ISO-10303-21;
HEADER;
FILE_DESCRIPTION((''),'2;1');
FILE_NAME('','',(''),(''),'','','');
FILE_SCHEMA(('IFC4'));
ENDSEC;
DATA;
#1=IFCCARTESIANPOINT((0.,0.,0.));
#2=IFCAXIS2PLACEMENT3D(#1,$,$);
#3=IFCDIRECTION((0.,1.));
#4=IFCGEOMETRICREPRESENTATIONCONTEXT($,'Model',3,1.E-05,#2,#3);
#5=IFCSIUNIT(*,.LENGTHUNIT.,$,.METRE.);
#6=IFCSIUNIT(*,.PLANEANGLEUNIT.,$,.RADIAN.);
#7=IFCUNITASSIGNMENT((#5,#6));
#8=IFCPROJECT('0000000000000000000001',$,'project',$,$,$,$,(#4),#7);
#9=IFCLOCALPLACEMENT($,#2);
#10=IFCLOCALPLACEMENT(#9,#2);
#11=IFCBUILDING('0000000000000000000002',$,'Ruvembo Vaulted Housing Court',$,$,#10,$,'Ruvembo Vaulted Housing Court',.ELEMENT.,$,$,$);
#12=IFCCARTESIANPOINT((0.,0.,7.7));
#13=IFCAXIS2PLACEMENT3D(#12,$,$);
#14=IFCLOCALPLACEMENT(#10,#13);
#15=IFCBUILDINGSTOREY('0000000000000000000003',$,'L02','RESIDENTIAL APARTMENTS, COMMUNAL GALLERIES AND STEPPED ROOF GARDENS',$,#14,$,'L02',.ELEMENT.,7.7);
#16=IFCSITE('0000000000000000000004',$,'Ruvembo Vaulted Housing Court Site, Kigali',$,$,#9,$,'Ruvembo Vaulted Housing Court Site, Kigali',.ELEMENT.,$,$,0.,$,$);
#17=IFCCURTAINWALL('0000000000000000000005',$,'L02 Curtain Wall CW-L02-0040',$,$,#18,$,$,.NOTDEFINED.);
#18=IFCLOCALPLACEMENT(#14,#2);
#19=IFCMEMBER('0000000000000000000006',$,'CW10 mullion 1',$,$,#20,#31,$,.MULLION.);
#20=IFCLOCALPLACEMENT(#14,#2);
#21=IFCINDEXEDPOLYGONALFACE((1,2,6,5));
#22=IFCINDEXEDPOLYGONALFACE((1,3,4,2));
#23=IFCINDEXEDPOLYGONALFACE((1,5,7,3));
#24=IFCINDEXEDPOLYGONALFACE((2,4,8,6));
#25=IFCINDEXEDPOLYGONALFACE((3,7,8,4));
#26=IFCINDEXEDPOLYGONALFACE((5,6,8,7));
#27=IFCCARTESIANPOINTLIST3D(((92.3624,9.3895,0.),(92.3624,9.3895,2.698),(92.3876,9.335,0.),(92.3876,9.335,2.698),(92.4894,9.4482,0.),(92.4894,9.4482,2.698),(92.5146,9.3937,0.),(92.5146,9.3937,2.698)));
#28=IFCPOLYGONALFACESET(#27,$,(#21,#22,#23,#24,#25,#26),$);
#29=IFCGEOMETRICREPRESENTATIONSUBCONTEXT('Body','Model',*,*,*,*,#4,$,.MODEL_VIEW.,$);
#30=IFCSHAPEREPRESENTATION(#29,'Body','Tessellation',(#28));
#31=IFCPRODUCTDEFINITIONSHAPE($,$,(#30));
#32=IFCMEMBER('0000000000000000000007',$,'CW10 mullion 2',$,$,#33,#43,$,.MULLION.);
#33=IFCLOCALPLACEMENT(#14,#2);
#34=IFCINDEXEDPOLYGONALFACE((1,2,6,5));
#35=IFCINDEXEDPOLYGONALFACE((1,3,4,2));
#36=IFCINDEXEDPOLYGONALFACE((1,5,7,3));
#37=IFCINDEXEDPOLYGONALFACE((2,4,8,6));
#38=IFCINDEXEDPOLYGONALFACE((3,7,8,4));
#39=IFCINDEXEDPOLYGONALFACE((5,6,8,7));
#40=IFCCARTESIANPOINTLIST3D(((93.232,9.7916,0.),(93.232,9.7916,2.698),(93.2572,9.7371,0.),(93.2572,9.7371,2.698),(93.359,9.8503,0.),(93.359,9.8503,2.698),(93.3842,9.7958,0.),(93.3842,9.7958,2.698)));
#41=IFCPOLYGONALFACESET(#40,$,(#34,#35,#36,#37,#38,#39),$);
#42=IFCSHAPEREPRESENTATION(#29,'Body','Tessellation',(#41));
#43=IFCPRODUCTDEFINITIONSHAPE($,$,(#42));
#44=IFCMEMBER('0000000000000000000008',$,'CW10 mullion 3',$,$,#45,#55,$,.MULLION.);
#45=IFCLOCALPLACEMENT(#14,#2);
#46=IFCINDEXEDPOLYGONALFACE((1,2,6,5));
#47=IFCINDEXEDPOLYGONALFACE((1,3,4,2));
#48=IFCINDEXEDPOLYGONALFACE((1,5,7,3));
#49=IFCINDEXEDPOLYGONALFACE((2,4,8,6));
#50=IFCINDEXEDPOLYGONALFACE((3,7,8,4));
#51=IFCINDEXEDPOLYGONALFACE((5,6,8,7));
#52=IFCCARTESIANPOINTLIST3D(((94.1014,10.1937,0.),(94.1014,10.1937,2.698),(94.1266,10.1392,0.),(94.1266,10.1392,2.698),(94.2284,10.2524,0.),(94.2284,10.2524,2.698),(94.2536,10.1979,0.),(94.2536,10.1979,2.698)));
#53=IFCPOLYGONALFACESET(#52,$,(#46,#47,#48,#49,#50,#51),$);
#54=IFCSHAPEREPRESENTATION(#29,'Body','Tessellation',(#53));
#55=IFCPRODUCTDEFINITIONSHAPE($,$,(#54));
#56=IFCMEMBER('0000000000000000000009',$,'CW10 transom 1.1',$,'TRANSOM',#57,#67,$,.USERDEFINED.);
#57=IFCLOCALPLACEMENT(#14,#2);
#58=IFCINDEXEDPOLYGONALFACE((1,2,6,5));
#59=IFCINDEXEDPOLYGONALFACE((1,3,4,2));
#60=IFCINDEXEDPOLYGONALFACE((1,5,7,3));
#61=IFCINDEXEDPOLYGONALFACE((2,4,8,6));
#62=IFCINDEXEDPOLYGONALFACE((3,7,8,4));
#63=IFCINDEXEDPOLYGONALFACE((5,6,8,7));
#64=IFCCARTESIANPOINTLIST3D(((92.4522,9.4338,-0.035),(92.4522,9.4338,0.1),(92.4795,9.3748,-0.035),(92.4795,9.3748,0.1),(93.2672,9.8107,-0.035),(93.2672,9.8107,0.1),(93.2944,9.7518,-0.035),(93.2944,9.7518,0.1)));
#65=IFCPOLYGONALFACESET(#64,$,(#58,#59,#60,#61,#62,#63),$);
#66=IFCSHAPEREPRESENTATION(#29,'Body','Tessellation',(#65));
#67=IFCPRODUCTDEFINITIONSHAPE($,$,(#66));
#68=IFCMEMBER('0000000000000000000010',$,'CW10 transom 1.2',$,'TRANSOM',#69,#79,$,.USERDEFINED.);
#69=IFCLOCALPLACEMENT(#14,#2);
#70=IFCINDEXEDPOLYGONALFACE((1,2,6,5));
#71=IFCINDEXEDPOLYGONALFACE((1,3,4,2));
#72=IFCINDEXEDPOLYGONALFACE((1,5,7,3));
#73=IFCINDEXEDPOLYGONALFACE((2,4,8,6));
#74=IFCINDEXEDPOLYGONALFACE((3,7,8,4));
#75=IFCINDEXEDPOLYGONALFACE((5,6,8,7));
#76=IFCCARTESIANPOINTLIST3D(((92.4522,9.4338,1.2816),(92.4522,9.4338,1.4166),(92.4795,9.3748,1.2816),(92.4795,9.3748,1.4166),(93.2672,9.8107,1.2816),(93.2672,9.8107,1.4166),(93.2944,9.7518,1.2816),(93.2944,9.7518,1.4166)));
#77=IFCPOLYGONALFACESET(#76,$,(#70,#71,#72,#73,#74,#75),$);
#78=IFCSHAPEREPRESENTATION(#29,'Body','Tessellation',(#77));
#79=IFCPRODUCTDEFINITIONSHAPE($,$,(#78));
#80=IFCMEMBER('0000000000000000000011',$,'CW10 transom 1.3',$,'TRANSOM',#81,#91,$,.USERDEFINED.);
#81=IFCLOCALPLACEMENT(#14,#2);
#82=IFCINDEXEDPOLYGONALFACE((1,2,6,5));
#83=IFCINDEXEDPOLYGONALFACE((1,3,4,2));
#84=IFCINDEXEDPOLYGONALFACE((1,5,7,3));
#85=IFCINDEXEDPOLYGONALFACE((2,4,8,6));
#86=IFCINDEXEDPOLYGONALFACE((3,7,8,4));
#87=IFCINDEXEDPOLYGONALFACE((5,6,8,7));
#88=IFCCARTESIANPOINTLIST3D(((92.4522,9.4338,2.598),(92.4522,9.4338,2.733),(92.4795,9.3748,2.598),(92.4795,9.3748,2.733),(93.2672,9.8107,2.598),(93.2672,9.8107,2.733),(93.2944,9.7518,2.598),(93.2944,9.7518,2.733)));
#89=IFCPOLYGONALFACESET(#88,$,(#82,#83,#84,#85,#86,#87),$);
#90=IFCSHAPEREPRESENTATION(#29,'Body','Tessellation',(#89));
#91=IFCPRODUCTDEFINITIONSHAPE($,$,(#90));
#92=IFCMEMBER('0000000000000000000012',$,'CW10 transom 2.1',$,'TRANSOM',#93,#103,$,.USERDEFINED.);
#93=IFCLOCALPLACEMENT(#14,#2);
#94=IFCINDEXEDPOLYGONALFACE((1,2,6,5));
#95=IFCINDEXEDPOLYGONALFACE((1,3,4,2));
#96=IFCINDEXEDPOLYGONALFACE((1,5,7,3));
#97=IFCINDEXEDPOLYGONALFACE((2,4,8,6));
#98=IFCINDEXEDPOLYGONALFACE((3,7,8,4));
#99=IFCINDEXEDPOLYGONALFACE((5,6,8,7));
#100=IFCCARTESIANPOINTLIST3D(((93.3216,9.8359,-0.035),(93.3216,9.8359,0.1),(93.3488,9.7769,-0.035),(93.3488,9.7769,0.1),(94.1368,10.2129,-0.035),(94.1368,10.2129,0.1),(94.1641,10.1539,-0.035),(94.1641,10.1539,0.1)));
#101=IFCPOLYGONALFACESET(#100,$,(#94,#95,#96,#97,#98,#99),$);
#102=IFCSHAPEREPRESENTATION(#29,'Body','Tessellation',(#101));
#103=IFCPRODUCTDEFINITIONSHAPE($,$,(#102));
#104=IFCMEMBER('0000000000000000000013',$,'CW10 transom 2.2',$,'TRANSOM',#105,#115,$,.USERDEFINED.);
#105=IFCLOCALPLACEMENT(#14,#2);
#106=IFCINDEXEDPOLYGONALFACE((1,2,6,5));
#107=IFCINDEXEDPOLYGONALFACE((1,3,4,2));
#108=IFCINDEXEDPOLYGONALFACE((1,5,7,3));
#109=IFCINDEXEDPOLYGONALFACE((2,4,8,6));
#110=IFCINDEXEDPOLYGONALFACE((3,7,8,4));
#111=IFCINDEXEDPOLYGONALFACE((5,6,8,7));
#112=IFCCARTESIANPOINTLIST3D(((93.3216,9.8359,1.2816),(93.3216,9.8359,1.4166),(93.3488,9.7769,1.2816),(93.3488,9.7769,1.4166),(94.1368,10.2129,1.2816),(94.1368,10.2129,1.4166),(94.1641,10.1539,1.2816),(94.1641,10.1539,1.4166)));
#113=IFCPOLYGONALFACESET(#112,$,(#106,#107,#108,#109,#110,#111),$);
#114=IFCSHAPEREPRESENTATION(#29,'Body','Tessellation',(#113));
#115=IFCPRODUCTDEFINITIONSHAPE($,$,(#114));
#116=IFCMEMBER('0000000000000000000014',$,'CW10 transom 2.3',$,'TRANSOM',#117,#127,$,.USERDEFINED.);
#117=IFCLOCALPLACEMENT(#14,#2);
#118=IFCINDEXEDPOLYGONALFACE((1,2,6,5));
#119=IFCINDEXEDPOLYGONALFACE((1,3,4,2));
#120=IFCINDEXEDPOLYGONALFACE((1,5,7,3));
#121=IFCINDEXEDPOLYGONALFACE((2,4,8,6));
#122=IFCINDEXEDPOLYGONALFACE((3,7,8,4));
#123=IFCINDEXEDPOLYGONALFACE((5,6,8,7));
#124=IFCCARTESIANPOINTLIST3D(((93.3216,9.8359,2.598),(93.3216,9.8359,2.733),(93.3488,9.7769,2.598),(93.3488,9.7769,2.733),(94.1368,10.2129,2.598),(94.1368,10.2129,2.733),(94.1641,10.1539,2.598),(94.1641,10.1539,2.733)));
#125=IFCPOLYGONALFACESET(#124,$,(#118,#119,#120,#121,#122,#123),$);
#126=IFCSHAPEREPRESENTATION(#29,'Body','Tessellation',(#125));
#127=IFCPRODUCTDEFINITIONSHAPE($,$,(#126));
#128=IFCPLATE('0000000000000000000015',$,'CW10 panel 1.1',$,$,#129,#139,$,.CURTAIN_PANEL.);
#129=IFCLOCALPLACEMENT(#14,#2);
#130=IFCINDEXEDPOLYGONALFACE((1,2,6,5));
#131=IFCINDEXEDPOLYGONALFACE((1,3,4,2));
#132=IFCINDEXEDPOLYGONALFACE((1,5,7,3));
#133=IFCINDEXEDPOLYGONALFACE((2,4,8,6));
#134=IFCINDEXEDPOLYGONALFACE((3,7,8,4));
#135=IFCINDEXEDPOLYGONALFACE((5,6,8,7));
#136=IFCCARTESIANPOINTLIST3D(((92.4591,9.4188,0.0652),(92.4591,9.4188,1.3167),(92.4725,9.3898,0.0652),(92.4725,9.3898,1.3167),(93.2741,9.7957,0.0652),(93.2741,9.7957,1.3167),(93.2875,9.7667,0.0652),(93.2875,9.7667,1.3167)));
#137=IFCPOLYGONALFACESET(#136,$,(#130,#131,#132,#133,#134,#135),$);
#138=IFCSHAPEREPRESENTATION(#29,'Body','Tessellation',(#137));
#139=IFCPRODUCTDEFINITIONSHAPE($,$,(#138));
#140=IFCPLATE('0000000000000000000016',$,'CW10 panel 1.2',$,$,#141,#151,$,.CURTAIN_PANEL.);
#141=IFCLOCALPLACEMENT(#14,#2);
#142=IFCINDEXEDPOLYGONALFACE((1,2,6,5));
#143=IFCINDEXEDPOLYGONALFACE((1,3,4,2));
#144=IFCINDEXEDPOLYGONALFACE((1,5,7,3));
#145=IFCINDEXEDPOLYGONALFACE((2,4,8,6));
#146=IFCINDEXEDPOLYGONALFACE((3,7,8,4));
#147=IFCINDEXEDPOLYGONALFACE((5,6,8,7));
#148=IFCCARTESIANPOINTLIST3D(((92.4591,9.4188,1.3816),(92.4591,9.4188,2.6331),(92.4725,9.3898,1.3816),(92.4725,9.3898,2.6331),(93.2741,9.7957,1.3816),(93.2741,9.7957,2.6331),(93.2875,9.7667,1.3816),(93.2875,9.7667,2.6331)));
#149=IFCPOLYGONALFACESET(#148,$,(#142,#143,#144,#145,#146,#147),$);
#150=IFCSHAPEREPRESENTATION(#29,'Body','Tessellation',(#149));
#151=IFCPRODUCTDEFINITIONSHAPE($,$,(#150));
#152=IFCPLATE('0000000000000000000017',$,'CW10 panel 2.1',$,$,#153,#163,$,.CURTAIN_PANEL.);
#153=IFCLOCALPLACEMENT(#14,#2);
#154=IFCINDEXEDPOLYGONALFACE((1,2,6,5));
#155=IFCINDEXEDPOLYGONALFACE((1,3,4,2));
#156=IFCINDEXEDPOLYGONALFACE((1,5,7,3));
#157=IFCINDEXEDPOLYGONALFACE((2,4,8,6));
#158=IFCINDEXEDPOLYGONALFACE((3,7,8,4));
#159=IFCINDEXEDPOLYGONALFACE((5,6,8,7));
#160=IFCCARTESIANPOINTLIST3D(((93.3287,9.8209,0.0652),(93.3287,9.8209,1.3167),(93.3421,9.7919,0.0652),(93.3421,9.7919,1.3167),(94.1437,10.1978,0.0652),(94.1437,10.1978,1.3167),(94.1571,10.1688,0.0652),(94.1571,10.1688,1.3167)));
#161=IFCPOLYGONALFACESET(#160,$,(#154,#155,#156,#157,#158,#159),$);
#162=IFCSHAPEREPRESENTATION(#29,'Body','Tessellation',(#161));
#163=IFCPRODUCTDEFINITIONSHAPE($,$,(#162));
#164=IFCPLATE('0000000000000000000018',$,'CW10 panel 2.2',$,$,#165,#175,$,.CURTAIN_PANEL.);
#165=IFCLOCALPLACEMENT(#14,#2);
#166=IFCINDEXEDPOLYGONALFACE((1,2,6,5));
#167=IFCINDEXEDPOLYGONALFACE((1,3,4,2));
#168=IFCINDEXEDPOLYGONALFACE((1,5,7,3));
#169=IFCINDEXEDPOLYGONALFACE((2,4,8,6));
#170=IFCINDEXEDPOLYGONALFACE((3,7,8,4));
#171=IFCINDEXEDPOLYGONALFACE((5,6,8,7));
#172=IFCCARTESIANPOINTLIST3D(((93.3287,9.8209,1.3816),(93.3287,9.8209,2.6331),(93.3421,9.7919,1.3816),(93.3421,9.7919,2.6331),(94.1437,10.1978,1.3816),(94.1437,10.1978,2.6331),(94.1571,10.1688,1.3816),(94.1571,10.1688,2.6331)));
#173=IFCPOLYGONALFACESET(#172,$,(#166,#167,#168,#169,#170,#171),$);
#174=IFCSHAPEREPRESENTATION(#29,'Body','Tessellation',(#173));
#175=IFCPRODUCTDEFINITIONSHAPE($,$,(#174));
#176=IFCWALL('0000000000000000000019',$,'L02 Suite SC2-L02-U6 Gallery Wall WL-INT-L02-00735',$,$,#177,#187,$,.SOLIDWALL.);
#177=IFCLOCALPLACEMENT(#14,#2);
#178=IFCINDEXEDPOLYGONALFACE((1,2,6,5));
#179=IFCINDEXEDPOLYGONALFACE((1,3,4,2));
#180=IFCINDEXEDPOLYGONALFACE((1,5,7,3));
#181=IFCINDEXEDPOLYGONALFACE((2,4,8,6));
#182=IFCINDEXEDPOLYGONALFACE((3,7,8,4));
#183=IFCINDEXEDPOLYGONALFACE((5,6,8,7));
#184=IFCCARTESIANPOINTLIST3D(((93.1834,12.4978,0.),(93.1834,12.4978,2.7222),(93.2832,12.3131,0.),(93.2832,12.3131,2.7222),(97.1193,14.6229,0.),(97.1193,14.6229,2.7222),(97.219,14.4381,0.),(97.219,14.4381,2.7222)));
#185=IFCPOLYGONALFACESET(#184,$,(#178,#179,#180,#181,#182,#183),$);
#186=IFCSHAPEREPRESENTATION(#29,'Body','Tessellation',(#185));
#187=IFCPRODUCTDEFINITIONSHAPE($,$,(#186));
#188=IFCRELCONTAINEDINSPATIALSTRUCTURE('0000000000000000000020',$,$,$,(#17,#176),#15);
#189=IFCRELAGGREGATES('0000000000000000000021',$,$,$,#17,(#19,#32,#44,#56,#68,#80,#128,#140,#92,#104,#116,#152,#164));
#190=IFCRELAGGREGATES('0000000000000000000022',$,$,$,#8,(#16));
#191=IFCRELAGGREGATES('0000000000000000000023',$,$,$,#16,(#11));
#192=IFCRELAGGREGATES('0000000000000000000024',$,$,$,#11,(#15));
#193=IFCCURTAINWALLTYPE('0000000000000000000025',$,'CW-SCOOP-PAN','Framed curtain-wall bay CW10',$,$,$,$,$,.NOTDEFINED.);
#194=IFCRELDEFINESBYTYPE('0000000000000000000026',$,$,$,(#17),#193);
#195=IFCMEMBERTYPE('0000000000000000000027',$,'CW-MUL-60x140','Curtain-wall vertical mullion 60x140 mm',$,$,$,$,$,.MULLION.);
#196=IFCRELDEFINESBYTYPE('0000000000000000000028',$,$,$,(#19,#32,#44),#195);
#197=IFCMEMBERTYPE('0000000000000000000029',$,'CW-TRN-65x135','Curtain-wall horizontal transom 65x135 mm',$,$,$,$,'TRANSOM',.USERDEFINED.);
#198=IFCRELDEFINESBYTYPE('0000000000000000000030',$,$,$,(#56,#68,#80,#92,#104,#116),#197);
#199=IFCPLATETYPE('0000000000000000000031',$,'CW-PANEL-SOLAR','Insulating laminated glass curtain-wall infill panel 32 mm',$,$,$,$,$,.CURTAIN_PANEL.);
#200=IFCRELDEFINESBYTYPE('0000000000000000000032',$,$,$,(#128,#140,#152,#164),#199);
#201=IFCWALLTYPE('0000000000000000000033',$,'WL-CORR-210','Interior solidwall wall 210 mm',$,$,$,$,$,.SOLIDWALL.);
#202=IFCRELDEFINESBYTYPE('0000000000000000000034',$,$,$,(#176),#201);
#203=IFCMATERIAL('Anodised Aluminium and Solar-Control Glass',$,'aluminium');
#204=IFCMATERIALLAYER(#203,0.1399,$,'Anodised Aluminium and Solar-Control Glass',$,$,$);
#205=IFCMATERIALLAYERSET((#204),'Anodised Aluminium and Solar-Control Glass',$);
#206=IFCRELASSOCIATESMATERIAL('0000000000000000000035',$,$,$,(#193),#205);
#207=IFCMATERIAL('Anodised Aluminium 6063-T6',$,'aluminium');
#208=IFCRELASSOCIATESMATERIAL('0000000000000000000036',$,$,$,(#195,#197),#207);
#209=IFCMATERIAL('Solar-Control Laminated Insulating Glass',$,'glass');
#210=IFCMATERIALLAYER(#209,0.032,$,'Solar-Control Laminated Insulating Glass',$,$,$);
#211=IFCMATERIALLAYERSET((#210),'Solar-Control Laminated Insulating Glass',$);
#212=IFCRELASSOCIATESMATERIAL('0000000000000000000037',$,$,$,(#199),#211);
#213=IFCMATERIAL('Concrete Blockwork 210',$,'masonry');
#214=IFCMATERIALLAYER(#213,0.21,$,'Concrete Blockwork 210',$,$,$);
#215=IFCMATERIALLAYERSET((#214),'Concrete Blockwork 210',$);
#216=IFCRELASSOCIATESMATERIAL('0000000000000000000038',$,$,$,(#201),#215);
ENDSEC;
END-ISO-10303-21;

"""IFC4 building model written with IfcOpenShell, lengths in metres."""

from ifc_helpers import new_model, si_unit, direction, frame, frame_2d, origin, origin_2d, place, context, subcontext, project, spatial, rectangle, extrude, material, layer, layer_set, material_profile, profile_set, type_object, element, aggregate, save


model = new_model("IFC4")

# Units and contexts
model_context = context("Model", 3, precision=1e-05, world=origin(), true_north=direction((0.0, 1.0)))
body_context = subcontext(model_context, "Body", "Model", "MODEL_VIEW")
ifc_project = project(units=[si_unit("LENGTHUNIT", "METRE"), si_unit("PLANEANGLEUNIT", "RADIAN")], contexts=[model_context])

# Site, building, storey
site_placement = place(None, origin())
site = spatial("IfcSite", under=ifc_project, at=site_placement, Name="Ruvembo Vaulted Housing Court Site, Kigali", LongName="Ruvembo Vaulted Housing Court Site, Kigali", CompositionType="ELEMENT", RefElevation=0.0)
building_placement = place(site_placement, origin())
building = spatial("IfcBuilding", under=site, at=building_placement, Name="Ruvembo Vaulted Housing Court", LongName="Ruvembo Vaulted Housing Court", CompositionType="ELEMENT")
storey_placement = place(building_placement, frame((0.0, 0.0, 7.7)))
storey = spatial("IfcBuildingStorey", under=building, at=storey_placement, Name="L02", Description="RESIDENTIAL APARTMENTS, COMMUNAL GALLERIES AND STEPPED ROOF GARDENS", LongName="L02", CompositionType="ELEMENT", Elevation=7.7)

# Curtain wall, members, plates
ifc_material_1 = material(Name="Anodised Aluminium and Solar-Control Glass", Category="aluminium")
ifc_layer_1 = layer(ifc_material_1, 0.1399, Name="Anodised Aluminium and Solar-Control Glass")
ifc_layer_set_1 = layer_set([ifc_layer_1], Name="Anodised Aluminium and Solar-Control Glass")
curtain_wall_type = type_object("IfcCurtainWallType", Name="CW-SCOOP-PAN", Description="Framed curtain-wall bay CW10", PredefinedType="NOTDEFINED", material=ifc_layer_set_1)
curtain_wall_placement = place(storey_placement, origin())
curtain_wall = element("IfcCurtainWall", 1, at=curtain_wall_placement, inside=storey, type_object=curtain_wall_type, Name="L02 Curtain Wall CW-L02-0040", PredefinedType="NOTDEFINED")
ifc_material_2 = material(Name="Anodised Aluminium 6063-T6", Category="aluminium")
ifc_material_profile_1 = material_profile(ifc_material_2, rectangle(XDim=0.0601, YDim=0.1399, at=origin_2d()), Name="ALU 60x140")
ifc_profile_set_1 = profile_set([ifc_material_profile_1], Name="Anodised Aluminium 6063-T6")
member_type_1 = type_object("IfcMemberType", Name="CW-MUL-60x140", Description="Curtain-wall vertical mullion 60x140 mm", PredefinedType="MULLION", material=ifc_profile_set_1)
member_1_placement = place(storey_placement, frame((92.4385, 9.3916, 0.0), z_axis=(0.0, 0.0, 1.0), x_axis=(-0.419738, 0.907645, 0.0)))
member_1 = element("IfcMember", 2, at=member_1_placement, type_object=member_type_1, Name="CW10 mullion 1", PredefinedType="MULLION", context=body_context, shape_type="SweptSolid", body=[
    extrude(rectangle(XDim=0.0601, YDim=0.1399, at=origin_2d()), origin(), (0.0, 0.0, 1.0), 2.698),
])
member_2_placement = place(storey_placement, frame((93.3081, 9.7937, 0.0), z_axis=(0.0, 0.0, 1.0), x_axis=(-0.419738, 0.907645, 0.0)))
member_2 = element("IfcMember", 3, at=member_2_placement, type_object=member_type_1, Name="CW10 mullion 2", PredefinedType="MULLION", context=body_context, shape_type="SweptSolid", body=[
    extrude(rectangle(XDim=0.0601, YDim=0.1399, at=origin_2d()), origin(), (0.0, 0.0, 1.0), 2.698),
])
member_3_placement = place(storey_placement, frame((94.1775, 10.1958, 0.0), z_axis=(0.0, 0.0, 1.0), x_axis=(-0.419738, 0.907645, 0.0)))
member_3 = element("IfcMember", 4, at=member_3_placement, type_object=member_type_1, Name="CW10 mullion 3", PredefinedType="MULLION", context=body_context, shape_type="SweptSolid", body=[
    extrude(rectangle(XDim=0.0601, YDim=0.1399, at=origin_2d()), origin(), (0.0, 0.0, 1.0), 2.698),
])
ifc_material_profile_2 = material_profile(ifc_material_2, rectangle(XDim=0.0649, YDim=0.135, at=origin_2d()), Name="ALU 65x135")
ifc_profile_set_2 = profile_set([ifc_material_profile_2], Name="Anodised Aluminium 6063-T6")
member_type_2 = type_object("IfcMemberType", Name="CW-TRN-65x135", Description="Curtain-wall horizontal transom 65x135 mm", ElementType="TRANSOM", PredefinedType="USERDEFINED", material=ifc_profile_set_2)
member_4_placement = place(storey_placement, frame((92.4658, 9.4043, 0.0325), z_axis=(0.907609, 0.419817, 0.0), x_axis=(-0.419817, 0.907609, 0.0)))
member_4 = element("IfcMember", 5, at=member_4_placement, type_object=member_type_2, Name="CW10 transom 1.1", ObjectType="TRANSOM", PredefinedType="USERDEFINED", context=body_context, shape_type="SweptSolid", body=[
    extrude(rectangle(XDim=0.0649, YDim=0.135, at=origin_2d()), origin(), (0.0, 0.0, 1.0), 0.8979),
])
member_5_placement = place(storey_placement, frame((92.4658, 9.4043, 1.3491), z_axis=(0.907609, 0.419817, 0.0), x_axis=(-0.419817, 0.907609, 0.0)))
member_5 = element("IfcMember", 6, at=member_5_placement, type_object=member_type_2, Name="CW10 transom 1.2", ObjectType="TRANSOM", PredefinedType="USERDEFINED", context=body_context, shape_type="SweptSolid", body=[
    extrude(rectangle(XDim=0.0649, YDim=0.135, at=origin_2d()), origin(), (0.0, 0.0, 1.0), 0.8979),
])
member_6_placement = place(storey_placement, frame((92.4658, 9.4043, 2.6655), z_axis=(0.907609, 0.419817, 0.0), x_axis=(-0.419817, 0.907609, 0.0)))
member_6 = element("IfcMember", 7, at=member_6_placement, type_object=member_type_2, Name="CW10 transom 1.3", ObjectType="TRANSOM", PredefinedType="USERDEFINED", context=body_context, shape_type="SweptSolid", body=[
    extrude(rectangle(XDim=0.0649, YDim=0.135, at=origin_2d()), origin(), (0.0, 0.0, 1.0), 0.8979),
])
member_7_placement = place(storey_placement, frame((93.3352, 9.8064, 0.0325), z_axis=(0.907657, 0.419713, 0.0), x_axis=(-0.419713, 0.907657, 0.0)))
member_7 = element("IfcMember", 8, at=member_7_placement, type_object=member_type_2, Name="CW10 transom 2.1", ObjectType="TRANSOM", PredefinedType="USERDEFINED", context=body_context, shape_type="SweptSolid", body=[
    extrude(rectangle(XDim=0.0649, YDim=0.135, at=origin_2d()), origin(), (0.0, 0.0, 1.0), 0.8982),
])
member_8_placement = place(storey_placement, frame((93.3352, 9.8064, 1.3491), z_axis=(0.907657, 0.419713, 0.0), x_axis=(-0.419713, 0.907657, 0.0)))
member_8 = element("IfcMember", 9, at=member_8_placement, type_object=member_type_2, Name="CW10 transom 2.2", ObjectType="TRANSOM", PredefinedType="USERDEFINED", context=body_context, shape_type="SweptSolid", body=[
    extrude(rectangle(XDim=0.0649, YDim=0.135, at=origin_2d()), origin(), (0.0, 0.0, 1.0), 0.8982),
])
member_9_placement = place(storey_placement, frame((93.3352, 9.8064, 2.6655), z_axis=(0.907657, 0.419713, 0.0), x_axis=(-0.419713, 0.907657, 0.0)))
member_9 = element("IfcMember", 10, at=member_9_placement, type_object=member_type_2, Name="CW10 transom 2.3", ObjectType="TRANSOM", PredefinedType="USERDEFINED", context=body_context, shape_type="SweptSolid", body=[
    extrude(rectangle(XDim=0.0649, YDim=0.135, at=origin_2d()), origin(), (0.0, 0.0, 1.0), 0.8982),
])
ifc_material_3 = material(Name="Solar-Control Laminated Insulating Glass", Category="glass")
ifc_layer_2 = layer(ifc_material_3, 0.032, Name="Solar-Control Laminated Insulating Glass")
ifc_layer_set_2 = layer_set([ifc_layer_2], Name="Solar-Control Laminated Insulating Glass")
plate_type = type_object("IfcPlateType", Name="CW-PANEL-SOLAR", Description="Insulating laminated glass curtain-wall infill panel 32 mm", PredefinedType="CURTAIN_PANEL", material=ifc_layer_set_2)
plate_1_placement = place(storey_placement, frame((92.8733, 9.5928, 0.0652), z_axis=(0.0, 0.0, 1.0), x_axis=(0.907645, 0.419738, 0.0)))
plate_1 = element("IfcPlate", 11, at=plate_1_placement, type_object=plate_type, Name="CW10 panel 1.1", PredefinedType="CURTAIN_PANEL", context=body_context, shape_type="SweptSolid", body=[
    extrude(rectangle(XDim=0.8979, YDim=0.032, at=origin_2d()), origin(), (0.0, 0.0, 1.0), 1.2515),
])
plate_2_placement = place(storey_placement, frame((92.8733, 9.5928, 1.3816), z_axis=(0.0, 0.0, 1.0), x_axis=(0.907645, 0.419738, 0.0)))
plate_2 = element("IfcPlate", 12, at=plate_2_placement, type_object=plate_type, Name="CW10 panel 1.2", PredefinedType="CURTAIN_PANEL", context=body_context, shape_type="SweptSolid", body=[
    extrude(rectangle(XDim=0.8979, YDim=0.032, at=origin_2d()), origin(), (0.0, 0.0, 1.0), 1.2515),
])
plate_3_placement = place(storey_placement, frame((93.7429, 9.9949, 0.0652), z_axis=(0.0, 0.0, 1.0), x_axis=(0.907645, 0.419738, 0.0)))
plate_3 = element("IfcPlate", 13, at=plate_3_placement, type_object=plate_type, Name="CW10 panel 2.1", PredefinedType="CURTAIN_PANEL", context=body_context, shape_type="SweptSolid", body=[
    extrude(rectangle(XDim=0.8979, YDim=0.032, at=origin_2d()), origin(), (0.0, 0.0, 1.0), 1.2515),
])
plate_4_placement = place(storey_placement, frame((93.7429, 9.9949, 1.3816), z_axis=(0.0, 0.0, 1.0), x_axis=(0.907645, 0.419738, 0.0)))
plate_4 = element("IfcPlate", 14, at=plate_4_placement, type_object=plate_type, Name="CW10 panel 2.2", PredefinedType="CURTAIN_PANEL", context=body_context, shape_type="SweptSolid", body=[
    extrude(rectangle(XDim=0.8979, YDim=0.032, at=origin_2d()), origin(), (0.0, 0.0, 1.0), 1.2515),
])
aggregate(curtain_wall, [member_1, member_2, member_3, member_4, member_5, member_6, plate_1, plate_2, member_7, member_8, member_9, plate_3, plate_4])

# Wall
ifc_material_4 = material(Name="Concrete Blockwork 210", Category="masonry")
ifc_layer_3 = layer(ifc_material_4, 0.21, Name="Concrete Blockwork 210")
ifc_layer_set_3 = layer_set([ifc_layer_3], Name="Concrete Blockwork 210")
wall_type = type_object("IfcWallType", Name="WL-CORR-210", Description="Interior solidwall wall 210 mm", PredefinedType="SOLIDWALL", material=ifc_layer_set_3)
wall_placement = place(storey_placement, frame((93.2334, 12.4055, 0.0), z_axis=(0.0, 0.0, 1.0), x_axis=(0.879936, 0.475092, 0.0)))
element("IfcWall", 15, at=wall_placement, inside=storey, type_object=wall_type, Name="L02 Suite SC2-L02-U6 Gallery Wall WL-INT-L02-00735", PredefinedType="SOLIDWALL", context=body_context, shape_type="SweptSolid", body=[
    extrude(rectangle(XDim=4.4729, YDim=0.21, at=frame_2d((2.2363, 0.0))), origin(), (0.0, 0.0, 1.0), 2.7222),
])

save(model, "model.ifc")
